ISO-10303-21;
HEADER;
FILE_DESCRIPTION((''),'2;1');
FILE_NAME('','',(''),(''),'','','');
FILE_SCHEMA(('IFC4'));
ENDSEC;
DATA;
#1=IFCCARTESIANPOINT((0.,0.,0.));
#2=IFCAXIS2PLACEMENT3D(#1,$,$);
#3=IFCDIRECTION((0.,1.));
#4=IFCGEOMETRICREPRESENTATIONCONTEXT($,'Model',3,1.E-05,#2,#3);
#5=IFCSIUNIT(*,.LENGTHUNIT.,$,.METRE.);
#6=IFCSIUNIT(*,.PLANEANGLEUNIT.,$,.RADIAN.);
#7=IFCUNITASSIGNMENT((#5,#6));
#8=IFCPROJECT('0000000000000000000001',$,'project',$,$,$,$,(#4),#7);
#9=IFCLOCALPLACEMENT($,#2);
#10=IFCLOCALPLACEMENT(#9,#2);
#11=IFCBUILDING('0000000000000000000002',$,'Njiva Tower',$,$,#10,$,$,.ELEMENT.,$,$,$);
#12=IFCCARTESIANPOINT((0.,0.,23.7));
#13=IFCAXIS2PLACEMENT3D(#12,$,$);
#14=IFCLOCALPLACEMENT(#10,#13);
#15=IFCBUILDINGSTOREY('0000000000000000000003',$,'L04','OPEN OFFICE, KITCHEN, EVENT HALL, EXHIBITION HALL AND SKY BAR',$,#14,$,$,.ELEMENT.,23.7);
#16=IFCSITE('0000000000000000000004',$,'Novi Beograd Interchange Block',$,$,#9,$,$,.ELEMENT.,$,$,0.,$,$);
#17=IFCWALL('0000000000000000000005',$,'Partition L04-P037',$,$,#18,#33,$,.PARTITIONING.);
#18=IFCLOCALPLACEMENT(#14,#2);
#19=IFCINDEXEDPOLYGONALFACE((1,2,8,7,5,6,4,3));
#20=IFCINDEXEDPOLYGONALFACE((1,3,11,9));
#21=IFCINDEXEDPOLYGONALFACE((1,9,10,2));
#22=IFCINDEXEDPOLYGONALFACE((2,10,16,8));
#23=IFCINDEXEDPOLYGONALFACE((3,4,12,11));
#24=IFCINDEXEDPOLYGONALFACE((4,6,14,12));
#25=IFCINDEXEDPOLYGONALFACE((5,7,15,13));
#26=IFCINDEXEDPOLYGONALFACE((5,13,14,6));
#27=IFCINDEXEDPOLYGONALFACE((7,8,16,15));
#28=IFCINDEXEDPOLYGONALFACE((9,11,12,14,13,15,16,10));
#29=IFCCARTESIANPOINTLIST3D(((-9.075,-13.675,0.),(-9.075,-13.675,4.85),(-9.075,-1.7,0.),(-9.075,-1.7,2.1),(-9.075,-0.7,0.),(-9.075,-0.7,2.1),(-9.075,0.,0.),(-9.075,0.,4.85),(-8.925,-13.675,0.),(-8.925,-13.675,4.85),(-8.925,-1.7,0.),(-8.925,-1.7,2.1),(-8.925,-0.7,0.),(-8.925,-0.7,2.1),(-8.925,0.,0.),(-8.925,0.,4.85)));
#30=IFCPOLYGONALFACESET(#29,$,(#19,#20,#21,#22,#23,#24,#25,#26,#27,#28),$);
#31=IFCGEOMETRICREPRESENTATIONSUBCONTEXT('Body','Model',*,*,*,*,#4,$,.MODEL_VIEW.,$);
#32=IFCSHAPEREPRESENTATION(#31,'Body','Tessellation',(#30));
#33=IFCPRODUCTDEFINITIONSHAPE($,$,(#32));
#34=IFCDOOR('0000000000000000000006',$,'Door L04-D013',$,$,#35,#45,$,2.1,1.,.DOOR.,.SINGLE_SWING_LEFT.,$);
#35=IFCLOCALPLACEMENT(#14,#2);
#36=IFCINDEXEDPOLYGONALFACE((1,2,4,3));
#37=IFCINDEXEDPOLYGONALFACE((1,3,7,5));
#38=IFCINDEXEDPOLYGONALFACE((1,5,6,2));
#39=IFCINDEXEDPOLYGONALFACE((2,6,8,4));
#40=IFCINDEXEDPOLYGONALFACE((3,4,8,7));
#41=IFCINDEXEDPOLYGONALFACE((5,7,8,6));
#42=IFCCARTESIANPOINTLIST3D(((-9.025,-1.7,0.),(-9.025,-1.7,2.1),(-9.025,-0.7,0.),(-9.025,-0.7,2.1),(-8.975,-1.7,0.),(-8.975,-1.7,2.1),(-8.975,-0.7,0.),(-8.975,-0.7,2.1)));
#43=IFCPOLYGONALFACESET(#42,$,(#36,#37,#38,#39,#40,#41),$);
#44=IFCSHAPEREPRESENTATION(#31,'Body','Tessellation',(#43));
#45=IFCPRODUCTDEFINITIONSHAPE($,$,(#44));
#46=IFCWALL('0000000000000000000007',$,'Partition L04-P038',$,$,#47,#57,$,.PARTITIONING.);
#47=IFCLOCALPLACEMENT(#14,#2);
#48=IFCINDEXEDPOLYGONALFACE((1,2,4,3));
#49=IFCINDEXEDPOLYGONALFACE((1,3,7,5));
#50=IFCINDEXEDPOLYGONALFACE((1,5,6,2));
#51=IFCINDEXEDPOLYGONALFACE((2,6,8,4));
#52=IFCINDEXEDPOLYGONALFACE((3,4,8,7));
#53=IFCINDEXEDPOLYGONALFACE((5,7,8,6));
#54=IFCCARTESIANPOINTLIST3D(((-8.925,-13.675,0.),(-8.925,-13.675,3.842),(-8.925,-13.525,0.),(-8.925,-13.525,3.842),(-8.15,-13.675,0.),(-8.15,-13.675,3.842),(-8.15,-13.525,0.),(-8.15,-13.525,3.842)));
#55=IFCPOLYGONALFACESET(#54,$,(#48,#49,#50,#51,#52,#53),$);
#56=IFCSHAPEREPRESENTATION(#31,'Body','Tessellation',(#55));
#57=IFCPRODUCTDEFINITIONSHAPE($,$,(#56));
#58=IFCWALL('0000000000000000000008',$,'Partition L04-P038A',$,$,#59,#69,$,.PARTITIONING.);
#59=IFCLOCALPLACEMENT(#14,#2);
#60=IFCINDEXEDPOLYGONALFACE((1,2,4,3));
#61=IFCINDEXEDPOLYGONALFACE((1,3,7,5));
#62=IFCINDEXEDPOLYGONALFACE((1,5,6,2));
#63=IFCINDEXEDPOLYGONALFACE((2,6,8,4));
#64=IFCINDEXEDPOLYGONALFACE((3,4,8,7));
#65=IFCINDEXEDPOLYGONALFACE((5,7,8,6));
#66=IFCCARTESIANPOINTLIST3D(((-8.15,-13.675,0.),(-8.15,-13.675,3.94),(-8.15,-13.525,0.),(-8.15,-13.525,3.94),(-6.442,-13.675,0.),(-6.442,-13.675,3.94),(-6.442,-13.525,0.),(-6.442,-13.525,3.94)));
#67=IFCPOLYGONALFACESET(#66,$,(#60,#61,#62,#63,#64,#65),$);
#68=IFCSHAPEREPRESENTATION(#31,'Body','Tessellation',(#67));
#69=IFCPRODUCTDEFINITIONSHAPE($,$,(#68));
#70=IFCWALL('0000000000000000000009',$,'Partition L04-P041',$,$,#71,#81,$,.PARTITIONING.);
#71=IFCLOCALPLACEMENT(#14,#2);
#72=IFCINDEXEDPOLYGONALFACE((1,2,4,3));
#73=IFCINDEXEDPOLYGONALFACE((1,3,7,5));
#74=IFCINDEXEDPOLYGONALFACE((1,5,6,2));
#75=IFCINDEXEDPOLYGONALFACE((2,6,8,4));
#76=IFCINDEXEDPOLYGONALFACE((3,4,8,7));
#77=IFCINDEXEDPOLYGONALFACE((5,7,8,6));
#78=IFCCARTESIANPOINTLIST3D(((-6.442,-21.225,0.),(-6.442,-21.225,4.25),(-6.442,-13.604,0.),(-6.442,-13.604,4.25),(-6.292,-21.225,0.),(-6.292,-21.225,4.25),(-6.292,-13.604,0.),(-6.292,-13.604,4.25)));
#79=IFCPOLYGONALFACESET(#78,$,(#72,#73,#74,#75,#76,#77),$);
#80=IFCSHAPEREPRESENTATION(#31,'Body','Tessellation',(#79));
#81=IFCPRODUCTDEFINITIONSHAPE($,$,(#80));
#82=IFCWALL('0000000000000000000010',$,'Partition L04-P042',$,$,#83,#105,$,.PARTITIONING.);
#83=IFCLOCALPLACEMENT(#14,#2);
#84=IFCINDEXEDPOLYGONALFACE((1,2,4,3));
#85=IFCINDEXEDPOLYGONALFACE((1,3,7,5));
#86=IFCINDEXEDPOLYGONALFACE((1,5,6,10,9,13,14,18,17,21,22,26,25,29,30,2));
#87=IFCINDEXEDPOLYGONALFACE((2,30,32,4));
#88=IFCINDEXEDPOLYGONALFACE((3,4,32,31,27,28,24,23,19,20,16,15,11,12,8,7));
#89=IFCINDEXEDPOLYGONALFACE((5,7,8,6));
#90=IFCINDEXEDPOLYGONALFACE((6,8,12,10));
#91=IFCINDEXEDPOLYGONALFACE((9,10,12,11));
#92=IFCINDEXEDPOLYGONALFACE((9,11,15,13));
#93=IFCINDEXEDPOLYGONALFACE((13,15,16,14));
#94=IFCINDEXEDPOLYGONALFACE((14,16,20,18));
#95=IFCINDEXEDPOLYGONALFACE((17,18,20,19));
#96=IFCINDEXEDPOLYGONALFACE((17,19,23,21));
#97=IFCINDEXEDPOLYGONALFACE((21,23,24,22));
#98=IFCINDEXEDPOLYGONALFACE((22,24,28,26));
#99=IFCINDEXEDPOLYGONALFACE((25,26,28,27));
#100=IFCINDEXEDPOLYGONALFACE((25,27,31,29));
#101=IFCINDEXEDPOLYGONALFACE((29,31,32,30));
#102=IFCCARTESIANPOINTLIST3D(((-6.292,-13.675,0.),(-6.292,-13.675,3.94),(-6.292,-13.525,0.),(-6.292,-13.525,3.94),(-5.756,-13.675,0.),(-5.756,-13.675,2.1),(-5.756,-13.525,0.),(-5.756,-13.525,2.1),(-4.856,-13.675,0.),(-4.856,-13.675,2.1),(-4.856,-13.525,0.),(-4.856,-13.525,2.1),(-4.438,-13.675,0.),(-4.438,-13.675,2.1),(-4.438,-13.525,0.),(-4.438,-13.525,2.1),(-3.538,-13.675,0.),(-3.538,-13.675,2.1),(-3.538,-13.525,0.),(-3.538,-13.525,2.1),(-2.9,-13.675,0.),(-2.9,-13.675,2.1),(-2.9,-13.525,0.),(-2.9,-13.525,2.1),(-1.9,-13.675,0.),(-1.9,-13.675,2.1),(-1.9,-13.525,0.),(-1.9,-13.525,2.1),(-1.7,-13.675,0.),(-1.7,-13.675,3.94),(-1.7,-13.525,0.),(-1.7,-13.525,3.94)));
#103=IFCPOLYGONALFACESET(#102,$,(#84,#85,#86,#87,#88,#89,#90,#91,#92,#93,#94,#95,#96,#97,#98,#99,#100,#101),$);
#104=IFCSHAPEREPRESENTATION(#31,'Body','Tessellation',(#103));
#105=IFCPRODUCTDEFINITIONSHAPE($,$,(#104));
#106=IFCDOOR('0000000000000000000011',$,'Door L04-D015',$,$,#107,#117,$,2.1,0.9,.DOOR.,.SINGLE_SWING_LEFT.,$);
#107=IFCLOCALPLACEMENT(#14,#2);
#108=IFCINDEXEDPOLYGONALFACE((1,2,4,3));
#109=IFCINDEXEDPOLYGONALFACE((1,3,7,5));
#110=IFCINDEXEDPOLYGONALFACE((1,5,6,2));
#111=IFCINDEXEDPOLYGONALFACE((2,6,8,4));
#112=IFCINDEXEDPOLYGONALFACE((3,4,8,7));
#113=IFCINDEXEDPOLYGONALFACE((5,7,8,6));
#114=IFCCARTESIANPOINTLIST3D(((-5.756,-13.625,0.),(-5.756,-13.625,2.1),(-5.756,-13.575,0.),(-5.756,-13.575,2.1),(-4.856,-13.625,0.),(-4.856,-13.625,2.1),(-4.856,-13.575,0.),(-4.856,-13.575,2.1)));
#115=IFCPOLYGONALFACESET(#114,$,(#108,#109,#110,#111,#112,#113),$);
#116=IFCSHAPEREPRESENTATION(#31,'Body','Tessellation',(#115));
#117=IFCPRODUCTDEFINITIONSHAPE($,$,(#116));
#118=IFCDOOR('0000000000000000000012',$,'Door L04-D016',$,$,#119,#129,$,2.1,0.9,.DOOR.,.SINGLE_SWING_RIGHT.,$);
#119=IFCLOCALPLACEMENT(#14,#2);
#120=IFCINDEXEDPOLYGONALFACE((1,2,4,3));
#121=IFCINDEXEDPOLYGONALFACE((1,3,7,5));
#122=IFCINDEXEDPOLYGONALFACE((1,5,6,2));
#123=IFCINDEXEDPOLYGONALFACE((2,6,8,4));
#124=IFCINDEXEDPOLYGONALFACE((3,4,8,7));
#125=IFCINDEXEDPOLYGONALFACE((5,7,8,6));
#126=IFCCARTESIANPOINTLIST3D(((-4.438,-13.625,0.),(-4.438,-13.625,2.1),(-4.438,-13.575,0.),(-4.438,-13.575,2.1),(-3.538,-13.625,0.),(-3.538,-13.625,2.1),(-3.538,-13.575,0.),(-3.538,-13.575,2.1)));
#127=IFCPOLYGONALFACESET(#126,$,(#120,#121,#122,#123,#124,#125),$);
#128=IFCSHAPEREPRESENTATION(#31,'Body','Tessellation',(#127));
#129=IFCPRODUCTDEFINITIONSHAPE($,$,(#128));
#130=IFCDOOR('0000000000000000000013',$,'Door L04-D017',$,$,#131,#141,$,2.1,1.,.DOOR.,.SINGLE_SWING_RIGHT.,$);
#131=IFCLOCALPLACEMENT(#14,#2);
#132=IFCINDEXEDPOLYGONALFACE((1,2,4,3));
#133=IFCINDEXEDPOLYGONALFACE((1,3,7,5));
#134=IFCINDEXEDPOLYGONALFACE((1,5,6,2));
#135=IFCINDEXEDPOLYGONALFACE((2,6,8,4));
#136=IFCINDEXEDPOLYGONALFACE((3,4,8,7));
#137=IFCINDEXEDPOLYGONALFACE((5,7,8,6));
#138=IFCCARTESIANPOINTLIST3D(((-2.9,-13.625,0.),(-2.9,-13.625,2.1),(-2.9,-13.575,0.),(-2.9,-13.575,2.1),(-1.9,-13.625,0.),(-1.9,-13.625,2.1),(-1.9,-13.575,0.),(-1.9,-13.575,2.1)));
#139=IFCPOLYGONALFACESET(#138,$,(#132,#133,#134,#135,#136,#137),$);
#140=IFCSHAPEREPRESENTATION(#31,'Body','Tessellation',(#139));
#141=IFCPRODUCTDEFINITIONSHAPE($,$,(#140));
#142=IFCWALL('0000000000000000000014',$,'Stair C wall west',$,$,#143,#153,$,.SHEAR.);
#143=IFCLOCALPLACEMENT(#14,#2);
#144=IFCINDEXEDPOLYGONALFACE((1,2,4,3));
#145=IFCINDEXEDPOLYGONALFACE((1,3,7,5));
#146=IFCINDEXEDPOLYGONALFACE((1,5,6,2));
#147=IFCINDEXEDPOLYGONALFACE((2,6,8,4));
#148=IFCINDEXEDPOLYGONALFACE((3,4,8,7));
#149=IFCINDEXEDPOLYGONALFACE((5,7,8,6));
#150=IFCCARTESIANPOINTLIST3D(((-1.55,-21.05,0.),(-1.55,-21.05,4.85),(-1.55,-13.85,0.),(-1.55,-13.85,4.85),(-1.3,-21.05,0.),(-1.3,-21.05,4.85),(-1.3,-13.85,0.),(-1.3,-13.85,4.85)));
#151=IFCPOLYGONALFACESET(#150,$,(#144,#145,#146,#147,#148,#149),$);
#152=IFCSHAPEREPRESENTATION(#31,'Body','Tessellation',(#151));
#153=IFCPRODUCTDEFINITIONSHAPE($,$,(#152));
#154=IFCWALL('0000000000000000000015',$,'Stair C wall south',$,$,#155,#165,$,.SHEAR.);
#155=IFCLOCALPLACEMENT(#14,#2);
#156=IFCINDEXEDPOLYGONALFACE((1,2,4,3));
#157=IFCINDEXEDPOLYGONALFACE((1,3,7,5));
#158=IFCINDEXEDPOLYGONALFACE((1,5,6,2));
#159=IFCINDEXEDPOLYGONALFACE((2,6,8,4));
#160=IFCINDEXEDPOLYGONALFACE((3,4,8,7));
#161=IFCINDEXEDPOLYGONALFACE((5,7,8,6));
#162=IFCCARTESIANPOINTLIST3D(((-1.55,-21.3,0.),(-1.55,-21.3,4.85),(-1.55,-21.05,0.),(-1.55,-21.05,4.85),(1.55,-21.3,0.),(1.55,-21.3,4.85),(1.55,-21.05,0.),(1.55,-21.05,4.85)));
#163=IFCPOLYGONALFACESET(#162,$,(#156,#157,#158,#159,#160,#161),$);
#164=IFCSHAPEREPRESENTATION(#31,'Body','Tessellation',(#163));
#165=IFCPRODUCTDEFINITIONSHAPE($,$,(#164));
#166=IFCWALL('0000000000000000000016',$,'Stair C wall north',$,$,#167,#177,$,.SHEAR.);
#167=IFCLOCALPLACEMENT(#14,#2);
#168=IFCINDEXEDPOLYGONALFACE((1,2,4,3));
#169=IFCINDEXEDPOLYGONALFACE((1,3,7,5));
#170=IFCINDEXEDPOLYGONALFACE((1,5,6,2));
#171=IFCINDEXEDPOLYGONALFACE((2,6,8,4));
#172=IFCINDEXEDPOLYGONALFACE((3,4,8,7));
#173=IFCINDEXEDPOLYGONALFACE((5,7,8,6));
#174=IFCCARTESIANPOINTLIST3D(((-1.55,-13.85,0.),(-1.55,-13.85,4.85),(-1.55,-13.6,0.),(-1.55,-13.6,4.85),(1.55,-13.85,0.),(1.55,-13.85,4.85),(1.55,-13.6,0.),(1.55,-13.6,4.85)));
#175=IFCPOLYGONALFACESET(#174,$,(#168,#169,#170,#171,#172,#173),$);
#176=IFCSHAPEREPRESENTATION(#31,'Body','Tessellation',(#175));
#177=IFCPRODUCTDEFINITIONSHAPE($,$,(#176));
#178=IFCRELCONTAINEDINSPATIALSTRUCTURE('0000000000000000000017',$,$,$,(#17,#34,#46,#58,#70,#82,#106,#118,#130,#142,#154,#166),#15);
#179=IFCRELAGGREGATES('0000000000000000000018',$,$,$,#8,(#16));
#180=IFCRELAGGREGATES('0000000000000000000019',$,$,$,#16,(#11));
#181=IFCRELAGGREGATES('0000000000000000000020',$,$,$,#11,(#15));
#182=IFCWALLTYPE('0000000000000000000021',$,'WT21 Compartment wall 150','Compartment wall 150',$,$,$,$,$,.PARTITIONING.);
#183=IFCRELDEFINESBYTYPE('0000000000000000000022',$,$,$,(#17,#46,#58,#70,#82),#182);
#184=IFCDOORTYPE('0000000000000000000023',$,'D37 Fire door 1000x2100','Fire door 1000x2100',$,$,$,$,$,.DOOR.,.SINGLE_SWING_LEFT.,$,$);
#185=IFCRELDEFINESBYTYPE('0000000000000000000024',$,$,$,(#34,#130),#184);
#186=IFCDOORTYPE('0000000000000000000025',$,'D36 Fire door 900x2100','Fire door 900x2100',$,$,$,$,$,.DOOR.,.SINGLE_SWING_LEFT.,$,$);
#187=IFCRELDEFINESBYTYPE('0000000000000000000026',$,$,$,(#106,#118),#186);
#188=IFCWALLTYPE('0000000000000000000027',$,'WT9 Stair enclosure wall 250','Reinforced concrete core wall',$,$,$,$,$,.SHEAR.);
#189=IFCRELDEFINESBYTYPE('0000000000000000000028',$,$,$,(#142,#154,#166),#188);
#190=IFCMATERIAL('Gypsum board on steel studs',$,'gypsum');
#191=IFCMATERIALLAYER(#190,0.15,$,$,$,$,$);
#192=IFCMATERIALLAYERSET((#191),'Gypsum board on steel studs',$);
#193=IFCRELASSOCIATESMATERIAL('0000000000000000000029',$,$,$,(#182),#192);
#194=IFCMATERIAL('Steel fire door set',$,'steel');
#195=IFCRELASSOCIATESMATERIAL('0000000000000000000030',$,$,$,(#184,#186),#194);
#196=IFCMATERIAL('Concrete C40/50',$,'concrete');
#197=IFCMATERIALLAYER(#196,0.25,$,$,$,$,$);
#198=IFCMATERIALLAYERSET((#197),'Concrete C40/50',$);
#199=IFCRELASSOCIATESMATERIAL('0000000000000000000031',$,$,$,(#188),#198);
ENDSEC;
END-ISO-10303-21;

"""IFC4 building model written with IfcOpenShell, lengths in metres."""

from ifc_helpers import new_model, si_unit, direction, frame, frame_2d, origin, place, context, subcontext, project, spatial, rectangle, extrude, material, layer, layer_set, type_object, element, fill, save


model = new_model("IFC4")

# Units and contexts
model_context = context("Model", 3, precision=1e-05, world=origin(), true_north=direction((0.0, 1.0)))
body_context = subcontext(model_context, "Body", "Model", "MODEL_VIEW")
ifc_project = project(units=[si_unit("LENGTHUNIT", "METRE"), si_unit("PLANEANGLEUNIT", "RADIAN")], contexts=[model_context])

# Site, building, storey
site_placement = place(None, origin())
site = spatial("IfcSite", under=ifc_project, at=site_placement, Name="Novi Beograd Interchange Block", CompositionType="ELEMENT", RefElevation=0.0)
building_placement = place(site_placement, origin())
building = spatial("IfcBuilding", under=site, at=building_placement, Name="Njiva Tower", CompositionType="ELEMENT")
storey_placement = place(building_placement, frame((0.0, 0.0, 23.7)))
storey = spatial("IfcBuildingStorey", under=building, at=storey_placement, Name="L04", Description="OPEN OFFICE, KITCHEN, EVENT HALL, EXHIBITION HALL AND SKY BAR", CompositionType="ELEMENT", Elevation=23.7)

# Shared definitions
ifc_material_1 = material(Name="Gypsum board on steel studs", Category="gypsum")

# Wall, opening, door
ifc_layer_1 = layer(ifc_material_1, 0.15)
ifc_layer_set_1 = layer_set([ifc_layer_1], Name="Gypsum board on steel studs")
wall_type_1 = type_object("IfcWallType", Name="WT21 Compartment wall 150", Description="Compartment wall 150", PredefinedType="PARTITIONING", material=ifc_layer_set_1)
wall_1_placement = place(storey_placement, frame((-9.0, -13.675, 0.0), z_axis=(0.0, 0.0, 1.0), x_axis=(0.0, 1.0, 0.0)))
wall_1 = element("IfcWall", 1, at=wall_1_placement, inside=storey, type_object=wall_type_1, Name="Partition L04-P037", PredefinedType="PARTITIONING", context=body_context, shape_type="SweptSolid", body=[
    extrude(rectangle(XDim=13.675, YDim=0.15, at=frame_2d((6.8375, 0.0))), origin(), (0.0, 0.0, 1.0), 4.85),
])
opening_1_placement = place(wall_1_placement, frame((11.975, 0.0, 0.0)))
opening_1 = element("IfcOpeningElement", 2, at=opening_1_placement, cuts=wall_1, PredefinedType="OPENING", context=body_context, shape_type="SweptSolid", body=[
    extrude(rectangle(XDim=1.0, YDim=2.1, at=frame_2d((0.5, 1.05))), frame((0.0, 0.085, 0.0), z_axis=(0.0, -1.0, 0.0), x_axis=(1.0, 0.0, 0.0)), (0.0, 0.0, 1.0), 0.17),
])
ifc_material_2 = material(Name="Steel fire door set", Category="steel")
door_type_1 = type_object("IfcDoorType", Name="D37 Fire door 1000x2100", Description="Fire door 1000x2100", OperationType="SINGLE_SWING_LEFT", PredefinedType="DOOR", material=ifc_material_2)
door_1_placement = place(opening_1_placement, origin())
door_1 = element("IfcDoor", 3, at=door_1_placement, inside=storey, type_object=door_type_1, Name="Door L04-D013", OperationType="SINGLE_SWING_LEFT", OverallHeight=2.1, OverallWidth=1.0, PredefinedType="DOOR", context=body_context, shape_type="SweptSolid", body=[
    extrude(rectangle(XDim=1.0, YDim=2.1, at=frame_2d((0.5, 1.05))), frame((0.0, 0.025, 0.0), z_axis=(0.0, -1.0, 0.0), x_axis=(1.0, 0.0, 0.0)), (0.0, 0.0, 1.0), 0.05),
])
fill(opening_1, door_1)

# Walls
wall_2_placement = place(storey_placement, frame((-8.925, -13.6, 0.0), z_axis=(0.0, 0.0, 1.0), x_axis=(1.0, 0.0, 0.0)))
element("IfcWall", 4, at=wall_2_placement, inside=storey, type_object=wall_type_1, Name="Partition L04-P038", PredefinedType="PARTITIONING", context=body_context, shape_type="SweptSolid", body=[
    extrude(rectangle(XDim=0.775, YDim=0.15, at=frame_2d((0.3875, 0.0))), origin(), (0.0, 0.0, 1.0), 3.842),
])
wall_3_placement = place(storey_placement, frame((-8.15, -13.6, 0.0), z_axis=(0.0, 0.0, 1.0), x_axis=(1.0, 0.0, 0.0)))
element("IfcWall", 5, at=wall_3_placement, inside=storey, type_object=wall_type_1, Name="Partition L04-P038A", PredefinedType="PARTITIONING", context=body_context, shape_type="SweptSolid", body=[
    extrude(rectangle(XDim=1.708, YDim=0.15, at=frame_2d((0.854, 0.0))), origin(), (0.0, 0.0, 1.0), 3.94),
])
wall_4_placement = place(storey_placement, frame((-6.367, -21.225, 0.0), z_axis=(0.0, 0.0, 1.0), x_axis=(0.0, 1.0, 0.0)))
element("IfcWall", 6, at=wall_4_placement, inside=storey, type_object=wall_type_1, Name="Partition L04-P041", PredefinedType="PARTITIONING", context=body_context, shape_type="SweptSolid", body=[
    extrude(rectangle(XDim=7.621, YDim=0.15, at=frame_2d((3.8105, 0.0))), origin(), (0.0, 0.0, 1.0), 4.25),
])

# Wall, openings, doors
wall_5_placement = place(storey_placement, frame((-6.292, -13.6, 0.0), z_axis=(0.0, 0.0, 1.0), x_axis=(1.0, 0.0, 0.0)))
wall_5 = element("IfcWall", 7, at=wall_5_placement, inside=storey, type_object=wall_type_1, Name="Partition L04-P042", PredefinedType="PARTITIONING", context=body_context, shape_type="SweptSolid", body=[
    extrude(rectangle(XDim=4.592, YDim=0.15, at=frame_2d((2.296, 0.0))), origin(), (0.0, 0.0, 1.0), 3.94),
])
opening_2_placement = place(wall_5_placement, frame((0.536, 0.0, 0.0)))
opening_2 = element("IfcOpeningElement", 8, at=opening_2_placement, cuts=wall_5, PredefinedType="OPENING", context=body_context, shape_type="SweptSolid", body=[
    extrude(rectangle(XDim=0.9, YDim=2.1, at=frame_2d((0.45, 1.05))), frame((0.0, 0.085, 0.0), z_axis=(0.0, -1.0, 0.0), x_axis=(1.0, 0.0, 0.0)), (0.0, 0.0, 1.0), 0.17),
])
opening_3_placement = place(wall_5_placement, frame((1.854, 0.0, 0.0)))
opening_3 = element("IfcOpeningElement", 9, at=opening_3_placement, cuts=wall_5, PredefinedType="OPENING", context=body_context, shape_type="SweptSolid", body=[
    extrude(rectangle(XDim=0.9, YDim=2.1, at=frame_2d((0.45, 1.05))), frame((0.0, 0.085, 0.0), z_axis=(0.0, -1.0, 0.0), x_axis=(1.0, 0.0, 0.0)), (0.0, 0.0, 1.0), 0.17),
])
opening_4_placement = place(wall_5_placement, frame((3.392, 0.0, 0.0)))
opening_4 = element("IfcOpeningElement", 10, at=opening_4_placement, cuts=wall_5, PredefinedType="OPENING", context=body_context, shape_type="SweptSolid", body=[
    extrude(rectangle(XDim=1.0, YDim=2.1, at=frame_2d((0.5, 1.05))), frame((0.0, 0.085, 0.0), z_axis=(0.0, -1.0, 0.0), x_axis=(1.0, 0.0, 0.0)), (0.0, 0.0, 1.0), 0.17),
])
door_type_2 = type_object("IfcDoorType", Name="D36 Fire door 900x2100", Description="Fire door 900x2100", OperationType="SINGLE_SWING_LEFT", PredefinedType="DOOR", material=ifc_material_2)
door_2_placement = place(opening_2_placement, origin())
door_2 = element("IfcDoor", 11, at=door_2_placement, inside=storey, type_object=door_type_2, Name="Door L04-D015", OperationType="SINGLE_SWING_LEFT", OverallHeight=2.1, OverallWidth=0.9, PredefinedType="DOOR", context=body_context, shape_type="SweptSolid", body=[
    extrude(rectangle(XDim=0.9, YDim=2.1, at=frame_2d((0.45, 1.05))), frame((0.0, 0.025, 0.0), z_axis=(0.0, -1.0, 0.0), x_axis=(1.0, 0.0, 0.0)), (0.0, 0.0, 1.0), 0.05),
])
fill(opening_2, door_2)
door_3_placement = place(opening_3_placement, origin())
door_3 = element("IfcDoor", 12, at=door_3_placement, inside=storey, type_object=door_type_2, Name="Door L04-D016", OperationType="SINGLE_SWING_RIGHT", OverallHeight=2.1, OverallWidth=0.9, PredefinedType="DOOR", context=body_context, shape_type="SweptSolid", body=[
    extrude(rectangle(XDim=0.9, YDim=2.1, at=frame_2d((0.45, 1.05))), frame((0.0, 0.025, 0.0), z_axis=(0.0, -1.0, 0.0), x_axis=(1.0, 0.0, 0.0)), (0.0, 0.0, 1.0), 0.05),
])
fill(opening_3, door_3)
door_4_placement = place(opening_4_placement, origin())
door_4 = element("IfcDoor", 13, at=door_4_placement, inside=storey, type_object=door_type_1, Name="Door L04-D017", OperationType="SINGLE_SWING_RIGHT", OverallHeight=2.1, OverallWidth=1.0, PredefinedType="DOOR", context=body_context, shape_type="SweptSolid", body=[
    extrude(rectangle(XDim=1.0, YDim=2.1, at=frame_2d((0.5, 1.05))), frame((0.0, 0.025, 0.0), z_axis=(0.0, -1.0, 0.0), x_axis=(1.0, 0.0, 0.0)), (0.0, 0.0, 1.0), 0.05),
])
fill(opening_4, door_4)

# Walls
ifc_material_3 = material(Name="Concrete C40/50", Category="concrete")
ifc_layer_2 = layer(ifc_material_3, 0.25)
ifc_layer_set_2 = layer_set([ifc_layer_2], Name="Concrete C40/50")
wall_type_2 = type_object("IfcWallType", Name="WT9 Stair enclosure wall 250", Description="Reinforced concrete core wall", PredefinedType="SHEAR", material=ifc_layer_set_2)
wall_6_placement = place(storey_placement, frame((-1.425, -21.05, 0.0), z_axis=(0.0, 0.0, 1.0), x_axis=(0.0, 1.0, 0.0)))
element("IfcWall", 14, at=wall_6_placement, inside=storey, type_object=wall_type_2, Name="Stair C wall west", PredefinedType="SHEAR", context=body_context, shape_type="SweptSolid", body=[
    extrude(rectangle(XDim=7.2, YDim=0.25, at=frame_2d((3.6, 0.0))), origin(), (0.0, 0.0, 1.0), 4.85),
])
for number, where, z_axis, x_axis, name in (
    (15, (-1.55, -21.175, 0.0), (0.0, 0.0, 1.0), (1.0, 0.0, 0.0), "Stair C wall south"),
    (16, (-1.55, -13.725, 0.0), (0.0, 0.0, 1.0), (1.0, 0.0, 0.0), "Stair C wall north"),
):
    element("IfcWall", number, at=place(storey_placement, frame(where, z_axis=z_axis, x_axis=x_axis)), inside=storey, type_object=wall_type_2, Name=name, PredefinedType="SHEAR", context=body_context, shape_type="SweptSolid", body=[
        extrude(rectangle(XDim=3.1, YDim=0.25, at=frame_2d((1.55, 0.0))), origin(), (0.0, 0.0, 1.0), 4.85),
    ])

save(model, "model.ifc")
